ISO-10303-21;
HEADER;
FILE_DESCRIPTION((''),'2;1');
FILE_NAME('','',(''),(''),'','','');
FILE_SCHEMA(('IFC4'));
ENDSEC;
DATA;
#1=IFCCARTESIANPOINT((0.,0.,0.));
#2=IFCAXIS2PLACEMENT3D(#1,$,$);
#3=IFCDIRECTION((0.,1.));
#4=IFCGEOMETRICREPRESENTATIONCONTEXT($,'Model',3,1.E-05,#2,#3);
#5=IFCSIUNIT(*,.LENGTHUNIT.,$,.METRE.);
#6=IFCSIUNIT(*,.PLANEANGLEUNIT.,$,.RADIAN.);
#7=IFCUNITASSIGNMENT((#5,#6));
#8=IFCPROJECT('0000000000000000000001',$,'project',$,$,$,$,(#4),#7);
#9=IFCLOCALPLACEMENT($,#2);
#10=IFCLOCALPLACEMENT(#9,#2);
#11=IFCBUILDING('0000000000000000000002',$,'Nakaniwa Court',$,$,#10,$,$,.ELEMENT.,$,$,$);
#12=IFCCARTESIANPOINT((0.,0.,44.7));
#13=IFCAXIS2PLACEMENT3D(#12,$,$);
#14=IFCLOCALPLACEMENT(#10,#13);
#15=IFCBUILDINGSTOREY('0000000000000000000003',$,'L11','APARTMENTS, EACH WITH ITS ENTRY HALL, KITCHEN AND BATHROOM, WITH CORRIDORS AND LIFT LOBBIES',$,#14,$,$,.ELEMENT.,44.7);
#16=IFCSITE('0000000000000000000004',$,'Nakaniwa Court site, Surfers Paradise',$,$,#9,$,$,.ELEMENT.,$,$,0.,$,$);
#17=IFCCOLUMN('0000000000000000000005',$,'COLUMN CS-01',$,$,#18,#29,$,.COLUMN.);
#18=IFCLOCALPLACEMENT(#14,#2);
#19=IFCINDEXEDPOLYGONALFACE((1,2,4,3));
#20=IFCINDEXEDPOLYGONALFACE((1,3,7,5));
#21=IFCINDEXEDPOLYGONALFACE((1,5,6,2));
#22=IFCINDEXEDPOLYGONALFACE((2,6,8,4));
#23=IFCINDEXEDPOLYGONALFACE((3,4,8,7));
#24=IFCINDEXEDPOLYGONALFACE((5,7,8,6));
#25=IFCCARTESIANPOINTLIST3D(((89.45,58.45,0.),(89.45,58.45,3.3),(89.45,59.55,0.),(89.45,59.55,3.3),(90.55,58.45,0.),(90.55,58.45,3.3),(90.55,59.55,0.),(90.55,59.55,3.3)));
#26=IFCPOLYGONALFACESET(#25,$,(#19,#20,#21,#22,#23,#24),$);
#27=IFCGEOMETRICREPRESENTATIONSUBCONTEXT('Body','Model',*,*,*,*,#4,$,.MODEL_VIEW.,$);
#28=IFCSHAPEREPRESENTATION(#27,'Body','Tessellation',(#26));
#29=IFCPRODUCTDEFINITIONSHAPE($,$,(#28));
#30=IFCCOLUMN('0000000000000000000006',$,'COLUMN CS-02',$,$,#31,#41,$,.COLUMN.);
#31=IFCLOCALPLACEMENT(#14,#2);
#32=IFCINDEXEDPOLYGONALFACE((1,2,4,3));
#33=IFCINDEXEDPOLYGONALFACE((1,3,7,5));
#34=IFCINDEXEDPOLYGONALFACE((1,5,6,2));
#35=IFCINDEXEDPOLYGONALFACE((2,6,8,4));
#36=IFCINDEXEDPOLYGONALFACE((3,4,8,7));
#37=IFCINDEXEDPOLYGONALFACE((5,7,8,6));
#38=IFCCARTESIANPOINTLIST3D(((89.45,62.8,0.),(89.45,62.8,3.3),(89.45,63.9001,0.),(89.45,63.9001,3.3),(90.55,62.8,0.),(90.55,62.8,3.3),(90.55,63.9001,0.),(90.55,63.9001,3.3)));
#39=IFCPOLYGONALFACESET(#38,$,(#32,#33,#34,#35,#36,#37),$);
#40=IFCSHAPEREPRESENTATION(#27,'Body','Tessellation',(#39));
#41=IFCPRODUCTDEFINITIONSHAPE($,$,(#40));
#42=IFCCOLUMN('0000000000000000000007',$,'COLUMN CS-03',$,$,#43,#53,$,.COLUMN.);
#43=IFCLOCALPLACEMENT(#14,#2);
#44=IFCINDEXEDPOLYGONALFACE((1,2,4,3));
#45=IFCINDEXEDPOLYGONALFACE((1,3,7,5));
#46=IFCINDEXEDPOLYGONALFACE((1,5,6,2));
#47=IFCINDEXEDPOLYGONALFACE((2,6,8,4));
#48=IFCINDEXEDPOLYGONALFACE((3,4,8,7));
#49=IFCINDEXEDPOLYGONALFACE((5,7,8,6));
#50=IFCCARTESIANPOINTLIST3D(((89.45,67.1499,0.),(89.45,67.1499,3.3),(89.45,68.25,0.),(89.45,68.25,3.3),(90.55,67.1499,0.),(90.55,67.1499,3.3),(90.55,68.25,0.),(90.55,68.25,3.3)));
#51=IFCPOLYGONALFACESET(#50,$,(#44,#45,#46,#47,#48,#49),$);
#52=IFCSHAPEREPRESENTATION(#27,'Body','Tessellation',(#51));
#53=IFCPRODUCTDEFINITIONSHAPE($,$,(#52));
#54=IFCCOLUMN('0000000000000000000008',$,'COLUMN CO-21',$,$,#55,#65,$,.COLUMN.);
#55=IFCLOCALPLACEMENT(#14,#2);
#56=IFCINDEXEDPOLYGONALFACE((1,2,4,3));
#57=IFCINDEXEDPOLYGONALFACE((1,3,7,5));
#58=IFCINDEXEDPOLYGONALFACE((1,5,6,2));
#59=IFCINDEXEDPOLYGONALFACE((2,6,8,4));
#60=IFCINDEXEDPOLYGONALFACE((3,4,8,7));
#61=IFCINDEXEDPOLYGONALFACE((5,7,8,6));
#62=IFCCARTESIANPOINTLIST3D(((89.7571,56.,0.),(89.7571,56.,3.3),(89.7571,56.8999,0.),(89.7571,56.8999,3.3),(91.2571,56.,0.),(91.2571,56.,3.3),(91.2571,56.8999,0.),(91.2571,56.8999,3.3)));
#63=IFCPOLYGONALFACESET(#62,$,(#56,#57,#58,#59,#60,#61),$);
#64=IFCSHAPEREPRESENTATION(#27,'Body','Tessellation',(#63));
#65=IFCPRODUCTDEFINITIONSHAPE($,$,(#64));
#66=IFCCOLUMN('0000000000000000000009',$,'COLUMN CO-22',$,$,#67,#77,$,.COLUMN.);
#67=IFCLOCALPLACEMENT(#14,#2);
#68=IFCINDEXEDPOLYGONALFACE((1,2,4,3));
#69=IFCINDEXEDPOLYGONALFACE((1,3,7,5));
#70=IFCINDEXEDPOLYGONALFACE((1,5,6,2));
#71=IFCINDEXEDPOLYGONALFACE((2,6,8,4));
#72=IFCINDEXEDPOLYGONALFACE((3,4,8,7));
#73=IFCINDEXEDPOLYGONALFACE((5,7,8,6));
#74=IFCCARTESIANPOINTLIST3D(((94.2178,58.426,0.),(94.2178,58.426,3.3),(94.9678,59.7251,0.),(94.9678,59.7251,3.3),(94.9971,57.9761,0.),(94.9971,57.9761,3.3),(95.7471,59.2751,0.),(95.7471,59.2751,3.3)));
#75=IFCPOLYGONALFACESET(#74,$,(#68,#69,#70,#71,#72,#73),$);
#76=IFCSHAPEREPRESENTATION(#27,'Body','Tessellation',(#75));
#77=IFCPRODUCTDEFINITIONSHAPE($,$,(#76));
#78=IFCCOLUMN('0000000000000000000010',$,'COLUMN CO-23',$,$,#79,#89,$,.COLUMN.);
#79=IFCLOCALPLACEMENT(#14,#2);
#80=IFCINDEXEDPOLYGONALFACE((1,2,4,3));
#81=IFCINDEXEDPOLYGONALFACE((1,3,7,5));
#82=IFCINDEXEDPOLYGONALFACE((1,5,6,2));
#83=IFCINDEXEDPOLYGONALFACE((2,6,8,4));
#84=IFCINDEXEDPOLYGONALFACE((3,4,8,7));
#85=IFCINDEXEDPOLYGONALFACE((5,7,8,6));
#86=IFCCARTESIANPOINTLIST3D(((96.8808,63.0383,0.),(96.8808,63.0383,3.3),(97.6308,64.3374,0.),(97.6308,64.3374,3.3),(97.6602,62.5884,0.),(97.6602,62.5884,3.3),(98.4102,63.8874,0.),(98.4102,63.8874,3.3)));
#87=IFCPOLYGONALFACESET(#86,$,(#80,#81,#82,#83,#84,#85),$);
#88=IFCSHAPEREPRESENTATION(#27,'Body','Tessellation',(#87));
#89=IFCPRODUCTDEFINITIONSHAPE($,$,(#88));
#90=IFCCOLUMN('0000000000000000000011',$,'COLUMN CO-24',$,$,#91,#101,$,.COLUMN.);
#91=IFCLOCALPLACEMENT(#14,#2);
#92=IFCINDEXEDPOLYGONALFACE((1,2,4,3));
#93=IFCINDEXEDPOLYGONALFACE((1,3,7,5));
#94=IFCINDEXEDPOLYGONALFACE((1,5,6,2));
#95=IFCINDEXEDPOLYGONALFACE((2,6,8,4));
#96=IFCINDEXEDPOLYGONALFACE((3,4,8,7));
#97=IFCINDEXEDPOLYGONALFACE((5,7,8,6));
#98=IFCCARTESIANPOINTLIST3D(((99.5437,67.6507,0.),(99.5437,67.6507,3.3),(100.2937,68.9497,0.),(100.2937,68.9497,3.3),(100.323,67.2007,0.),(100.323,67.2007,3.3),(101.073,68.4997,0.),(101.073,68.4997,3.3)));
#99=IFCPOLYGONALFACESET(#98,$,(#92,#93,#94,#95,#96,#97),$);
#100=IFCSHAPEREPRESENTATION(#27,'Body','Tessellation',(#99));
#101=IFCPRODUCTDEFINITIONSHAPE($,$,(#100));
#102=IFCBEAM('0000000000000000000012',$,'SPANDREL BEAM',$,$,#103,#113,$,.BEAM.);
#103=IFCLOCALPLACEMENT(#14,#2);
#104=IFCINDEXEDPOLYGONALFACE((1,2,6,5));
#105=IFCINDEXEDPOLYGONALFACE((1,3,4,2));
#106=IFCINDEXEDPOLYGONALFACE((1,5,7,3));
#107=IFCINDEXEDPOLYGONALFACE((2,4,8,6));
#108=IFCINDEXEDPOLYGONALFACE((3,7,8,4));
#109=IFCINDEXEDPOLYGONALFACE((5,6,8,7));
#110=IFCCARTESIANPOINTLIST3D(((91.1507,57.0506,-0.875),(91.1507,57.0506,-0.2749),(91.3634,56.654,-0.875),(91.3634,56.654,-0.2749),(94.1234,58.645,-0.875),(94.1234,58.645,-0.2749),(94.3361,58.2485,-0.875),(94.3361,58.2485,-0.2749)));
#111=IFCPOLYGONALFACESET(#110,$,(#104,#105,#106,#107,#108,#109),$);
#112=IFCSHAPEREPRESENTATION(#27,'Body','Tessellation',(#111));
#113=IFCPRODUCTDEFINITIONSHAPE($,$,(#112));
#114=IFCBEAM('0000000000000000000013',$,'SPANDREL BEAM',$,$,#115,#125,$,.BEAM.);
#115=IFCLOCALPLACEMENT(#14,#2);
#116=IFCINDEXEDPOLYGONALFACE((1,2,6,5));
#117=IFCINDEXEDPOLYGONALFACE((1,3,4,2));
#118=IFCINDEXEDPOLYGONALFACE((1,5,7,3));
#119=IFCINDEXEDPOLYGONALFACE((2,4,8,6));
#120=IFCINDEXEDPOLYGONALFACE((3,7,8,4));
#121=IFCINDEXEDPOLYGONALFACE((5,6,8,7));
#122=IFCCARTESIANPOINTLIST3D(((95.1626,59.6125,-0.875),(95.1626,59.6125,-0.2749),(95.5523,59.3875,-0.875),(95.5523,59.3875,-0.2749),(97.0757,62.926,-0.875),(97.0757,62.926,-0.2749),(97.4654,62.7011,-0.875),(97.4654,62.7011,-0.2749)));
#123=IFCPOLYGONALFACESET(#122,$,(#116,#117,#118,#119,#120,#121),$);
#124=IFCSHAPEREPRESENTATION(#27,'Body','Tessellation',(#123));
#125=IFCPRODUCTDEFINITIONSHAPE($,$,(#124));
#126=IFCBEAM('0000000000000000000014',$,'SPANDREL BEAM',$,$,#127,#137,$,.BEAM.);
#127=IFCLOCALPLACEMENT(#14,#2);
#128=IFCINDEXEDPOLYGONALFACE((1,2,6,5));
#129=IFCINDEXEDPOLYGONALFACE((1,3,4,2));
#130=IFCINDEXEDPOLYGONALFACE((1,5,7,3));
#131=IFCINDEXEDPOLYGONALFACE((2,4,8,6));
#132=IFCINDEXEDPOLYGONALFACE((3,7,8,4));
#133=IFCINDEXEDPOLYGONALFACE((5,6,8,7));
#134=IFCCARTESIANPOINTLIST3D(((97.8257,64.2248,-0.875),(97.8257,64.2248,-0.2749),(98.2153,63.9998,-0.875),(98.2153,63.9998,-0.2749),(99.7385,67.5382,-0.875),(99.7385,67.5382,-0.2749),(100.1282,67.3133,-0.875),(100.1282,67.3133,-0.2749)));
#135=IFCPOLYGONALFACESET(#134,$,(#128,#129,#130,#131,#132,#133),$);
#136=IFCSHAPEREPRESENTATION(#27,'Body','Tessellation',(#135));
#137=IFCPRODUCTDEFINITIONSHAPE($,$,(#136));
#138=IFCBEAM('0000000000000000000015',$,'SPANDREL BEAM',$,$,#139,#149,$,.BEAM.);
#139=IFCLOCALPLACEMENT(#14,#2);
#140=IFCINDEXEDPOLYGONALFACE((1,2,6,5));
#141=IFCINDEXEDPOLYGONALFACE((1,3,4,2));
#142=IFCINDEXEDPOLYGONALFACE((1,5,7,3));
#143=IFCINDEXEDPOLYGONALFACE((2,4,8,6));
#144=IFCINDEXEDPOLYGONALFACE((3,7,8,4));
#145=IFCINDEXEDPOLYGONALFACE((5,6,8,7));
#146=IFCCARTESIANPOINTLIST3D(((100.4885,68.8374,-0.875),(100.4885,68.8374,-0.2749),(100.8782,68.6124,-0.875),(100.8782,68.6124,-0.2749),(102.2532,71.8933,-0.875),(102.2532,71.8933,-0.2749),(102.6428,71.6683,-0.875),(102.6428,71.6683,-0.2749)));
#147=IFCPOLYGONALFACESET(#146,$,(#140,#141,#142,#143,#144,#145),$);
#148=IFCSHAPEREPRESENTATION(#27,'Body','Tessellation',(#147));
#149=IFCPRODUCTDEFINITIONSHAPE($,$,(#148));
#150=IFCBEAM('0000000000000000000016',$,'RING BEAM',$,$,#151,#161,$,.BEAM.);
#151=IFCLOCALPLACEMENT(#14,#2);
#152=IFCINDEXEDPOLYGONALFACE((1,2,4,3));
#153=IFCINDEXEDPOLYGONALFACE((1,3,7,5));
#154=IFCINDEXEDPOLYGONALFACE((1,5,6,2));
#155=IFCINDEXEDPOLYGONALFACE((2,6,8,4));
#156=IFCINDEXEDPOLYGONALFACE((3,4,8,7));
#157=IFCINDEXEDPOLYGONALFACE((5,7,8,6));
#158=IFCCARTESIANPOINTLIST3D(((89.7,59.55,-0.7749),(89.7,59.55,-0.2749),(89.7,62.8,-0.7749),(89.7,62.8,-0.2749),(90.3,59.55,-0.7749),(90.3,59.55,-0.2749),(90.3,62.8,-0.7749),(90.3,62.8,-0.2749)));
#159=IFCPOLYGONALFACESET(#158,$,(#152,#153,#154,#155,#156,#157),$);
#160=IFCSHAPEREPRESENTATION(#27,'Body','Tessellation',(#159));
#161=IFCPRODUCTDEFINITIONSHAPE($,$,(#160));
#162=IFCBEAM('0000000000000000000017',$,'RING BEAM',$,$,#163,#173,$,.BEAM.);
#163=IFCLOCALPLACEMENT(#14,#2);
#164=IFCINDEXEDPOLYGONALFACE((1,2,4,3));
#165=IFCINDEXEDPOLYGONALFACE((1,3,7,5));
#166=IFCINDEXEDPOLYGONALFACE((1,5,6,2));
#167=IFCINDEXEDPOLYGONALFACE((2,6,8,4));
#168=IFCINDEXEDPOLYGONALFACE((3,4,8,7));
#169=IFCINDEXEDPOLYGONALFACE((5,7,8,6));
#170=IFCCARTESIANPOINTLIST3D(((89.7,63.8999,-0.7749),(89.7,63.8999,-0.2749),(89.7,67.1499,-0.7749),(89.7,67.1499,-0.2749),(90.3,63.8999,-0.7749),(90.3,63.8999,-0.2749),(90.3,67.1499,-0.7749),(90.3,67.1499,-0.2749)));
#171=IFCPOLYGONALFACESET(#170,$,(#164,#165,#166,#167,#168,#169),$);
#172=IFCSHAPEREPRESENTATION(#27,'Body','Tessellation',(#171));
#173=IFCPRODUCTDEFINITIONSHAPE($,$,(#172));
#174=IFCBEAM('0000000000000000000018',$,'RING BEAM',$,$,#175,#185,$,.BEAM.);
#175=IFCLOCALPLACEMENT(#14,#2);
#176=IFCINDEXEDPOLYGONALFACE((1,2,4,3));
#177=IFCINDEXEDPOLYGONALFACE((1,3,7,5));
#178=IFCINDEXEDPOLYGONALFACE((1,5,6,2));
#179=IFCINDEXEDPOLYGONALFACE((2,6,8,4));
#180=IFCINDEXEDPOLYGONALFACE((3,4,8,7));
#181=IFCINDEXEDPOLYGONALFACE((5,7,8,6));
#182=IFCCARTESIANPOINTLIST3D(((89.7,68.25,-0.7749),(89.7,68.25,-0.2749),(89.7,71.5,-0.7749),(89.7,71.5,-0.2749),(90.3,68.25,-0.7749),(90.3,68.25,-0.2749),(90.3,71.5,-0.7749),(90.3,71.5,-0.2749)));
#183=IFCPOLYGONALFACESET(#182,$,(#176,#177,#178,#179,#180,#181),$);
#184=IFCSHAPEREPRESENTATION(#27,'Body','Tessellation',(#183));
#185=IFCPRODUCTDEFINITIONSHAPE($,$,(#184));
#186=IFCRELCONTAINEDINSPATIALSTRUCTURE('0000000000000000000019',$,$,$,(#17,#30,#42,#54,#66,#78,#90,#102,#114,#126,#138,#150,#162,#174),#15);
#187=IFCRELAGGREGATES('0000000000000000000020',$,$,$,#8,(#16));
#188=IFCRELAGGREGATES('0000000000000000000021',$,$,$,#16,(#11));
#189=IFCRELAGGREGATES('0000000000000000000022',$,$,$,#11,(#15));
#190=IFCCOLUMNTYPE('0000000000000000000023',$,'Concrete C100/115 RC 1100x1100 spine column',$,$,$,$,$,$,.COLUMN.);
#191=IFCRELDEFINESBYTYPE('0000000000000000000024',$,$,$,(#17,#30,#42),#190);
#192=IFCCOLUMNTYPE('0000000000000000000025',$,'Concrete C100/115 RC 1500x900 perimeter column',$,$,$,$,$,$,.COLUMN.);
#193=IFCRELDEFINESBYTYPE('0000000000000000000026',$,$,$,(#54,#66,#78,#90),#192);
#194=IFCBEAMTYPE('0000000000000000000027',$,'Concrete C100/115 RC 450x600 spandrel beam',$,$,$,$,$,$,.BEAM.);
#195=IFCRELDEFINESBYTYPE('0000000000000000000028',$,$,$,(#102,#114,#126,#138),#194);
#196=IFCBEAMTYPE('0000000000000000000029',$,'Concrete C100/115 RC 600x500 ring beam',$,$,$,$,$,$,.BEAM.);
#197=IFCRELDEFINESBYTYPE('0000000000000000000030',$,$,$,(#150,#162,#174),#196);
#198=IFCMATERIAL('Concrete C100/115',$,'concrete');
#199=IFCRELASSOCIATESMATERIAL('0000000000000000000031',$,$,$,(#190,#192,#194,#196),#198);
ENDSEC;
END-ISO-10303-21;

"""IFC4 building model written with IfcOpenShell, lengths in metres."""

from ifc_helpers import new_model, si_unit, direction, frame, origin, origin_2d, place, context, subcontext, project, spatial, rectangle, extrude, material, material_profile, profile_set, type_object, element, save


model = new_model("IFC4")

# Units and contexts
model_context = context("Model", 3, precision=1e-05, world=origin(), true_north=direction((0.0, 1.0)))
body_context = subcontext(model_context, "Body", "Model", "MODEL_VIEW")
ifc_project = project(units=[si_unit("LENGTHUNIT", "METRE"), si_unit("PLANEANGLEUNIT", "RADIAN")], contexts=[model_context])

# Site, building, storey
site_placement = place(None, origin())
site = spatial("IfcSite", under=ifc_project, at=site_placement, Name="Nakaniwa Court site, Surfers Paradise", CompositionType="ELEMENT", RefElevation=0.0)
building_placement = place(site_placement, origin())
building = spatial("IfcBuilding", under=site, at=building_placement, Name="Nakaniwa Court", CompositionType="ELEMENT")
storey_placement = place(building_placement, frame((0.0, 0.0, 44.7)))
storey = spatial("IfcBuildingStorey", under=building, at=storey_placement, Name="L11", Description="APARTMENTS, EACH WITH ITS ENTRY HALL, KITCHEN AND BATHROOM, WITH CORRIDORS AND LIFT LOBBIES", CompositionType="ELEMENT", Elevation=44.7)

# Columns
ifc_material_1 = material(Name="Concrete C100/115", Category="concrete")
ifc_material_profile_1 = material_profile(ifc_material_1, rectangle(XDim=1.1001, YDim=1.1001, at=origin_2d()), Name="Concrete C100/115 RC 1100x1100 spine column")
ifc_profile_set_1 = profile_set([ifc_material_profile_1], Name="Concrete C100/115")
column_type_1 = type_object("IfcColumnType", Name="Concrete C100/115 RC 1100x1100 spine column", PredefinedType="COLUMN", material=ifc_profile_set_1)
for number, where, z_axis, x_axis, name in (
    (1, (90.0, 59.0, 0.0), (0.0, 0.0, 1.0), (0.0, 1.0, 0.0), "COLUMN CS-01"),
    (2, (90.0, 63.3501, 0.0), (0.0, 0.0, 1.0), (0.0, 1.0, 0.0), "COLUMN CS-02"),
    (3, (90.0, 67.7, 0.0), (0.0, 0.0, 1.0), (0.0, 1.0, 0.0), "COLUMN CS-03"),
):
    element("IfcColumn", number, at=place(storey_placement, frame(where, z_axis=z_axis, x_axis=x_axis)), inside=storey, type_object=column_type_1, Name=name, PredefinedType="COLUMN", context=body_context, shape_type="SweptSolid", body=[
        extrude(rectangle(XDim=1.1001, YDim=1.1001, at=origin_2d()), origin(), (0.0, 0.0, 1.0), 3.3),
    ])
ifc_material_profile_2 = material_profile(ifc_material_1, rectangle(XDim=1.5, YDim=0.8999, at=origin_2d()), Name="Concrete C100/115 RC 1500x900 perimeter column")
ifc_profile_set_2 = profile_set([ifc_material_profile_2], Name="Concrete C100/115")
column_type_2 = type_object("IfcColumnType", Name="Concrete C100/115 RC 1500x900 perimeter column", PredefinedType="COLUMN", material=ifc_profile_set_2)
for number, where, z_axis, x_axis, name in (
    (4, (90.5071, 56.45, 0.0), (0.0, 0.0, 1.0), (1.0, 0.0, 0.0), "COLUMN CO-21"),
    (5, (94.9824, 58.8506, 0.0), (0.0, 0.0, 1.0), (0.5, 0.866025, 0.0), "COLUMN CO-22"),
    (6, (97.6455, 63.4629, 0.0), (0.0, 0.0, 1.0), (0.5, 0.866025, 0.0), "COLUMN CO-23"),
    (7, (100.3083, 68.0752, 0.0), (0.0, 0.0, 1.0), (0.5, 0.866025, 0.0), "COLUMN CO-24"),
):
    element("IfcColumn", number, at=place(storey_placement, frame(where, z_axis=z_axis, x_axis=x_axis)), inside=storey, type_object=column_type_2, Name=name, PredefinedType="COLUMN", context=body_context, shape_type="SweptSolid", body=[
        extrude(rectangle(XDim=1.5, YDim=0.8999, at=origin_2d()), origin(), (0.0, 0.0, 1.0), 3.3),
    ])

# Beams
ifc_material_profile_3 = material_profile(ifc_material_1, rectangle(XDim=0.45, YDim=0.6001, at=origin_2d()), Name="Concrete C100/115 RC 450x600 spandrel beam")
ifc_profile_set_3 = profile_set([ifc_material_profile_3], Name="Concrete C100/115")
beam_type_1 = type_object("IfcBeamType", Name="Concrete C100/115 RC 450x600 spandrel beam", PredefinedType="BEAM", material=ifc_profile_set_3)
beam_1_placement = place(storey_placement, frame((91.2571, 56.8523, -0.575), z_axis=(0.881235, 0.472679, 0.0), x_axis=(-0.472679, 0.881235, 0.0)))
element("IfcBeam", 8, at=beam_1_placement, inside=storey, type_object=beam_type_1, Name="SPANDREL BEAM", PredefinedType="BEAM", context=body_context, shape_type="SweptSolid", body=[
    extrude(rectangle(XDim=0.45, YDim=0.6001, at=origin_2d()), origin(), (0.0, 0.0, 1.0), 3.3733),
])
beam_2_placement = place(storey_placement, frame((95.3574, 59.5, -0.575), z_axis=(0.50001, 0.86602, 0.0), x_axis=(-0.86602, 0.50001, 0.0)))
element("IfcBeam", 9, at=beam_2_placement, inside=storey, type_object=beam_type_1, Name="SPANDREL BEAM", PredefinedType="BEAM", context=body_context, shape_type="SweptSolid", body=[
    extrude(rectangle(XDim=0.45, YDim=0.6001, at=origin_2d()), origin(), (0.0, 0.0, 1.0), 3.8262),
])
beam_3_placement = place(storey_placement, frame((98.0205, 64.1123, -0.575), z_axis=(0.499962, 0.866047, 0.0), x_axis=(-0.866047, 0.499962, 0.0)))
element("IfcBeam", 10, at=beam_3_placement, inside=storey, type_object=beam_type_1, Name="SPANDREL BEAM", PredefinedType="BEAM", context=body_context, shape_type="SweptSolid", body=[
    extrude(rectangle(XDim=0.45, YDim=0.6001, at=origin_2d()), origin(), (0.0, 0.0, 1.0), 3.8259),
])
beam_4_placement = place(storey_placement, frame((100.6833, 68.7249, -0.575), z_axis=(0.500068, 0.865986, 0.0), x_axis=(-0.865986, 0.500068, 0.0)))
element("IfcBeam", 11, at=beam_4_placement, inside=storey, type_object=beam_type_1, Name="SPANDREL BEAM", PredefinedType="BEAM", context=body_context, shape_type="SweptSolid", body=[
    extrude(rectangle(XDim=0.45, YDim=0.6001, at=origin_2d()), origin(), (0.0, 0.0, 1.0), 3.5288),
])
ifc_material_profile_4 = material_profile(ifc_material_1, rectangle(XDim=0.6001, YDim=0.5, at=origin_2d()), Name="Concrete C100/115 RC 600x500 ring beam")
ifc_profile_set_4 = profile_set([ifc_material_profile_4], Name="Concrete C100/115")
beam_type_2 = type_object("IfcBeamType", Name="Concrete C100/115 RC 600x500 ring beam", PredefinedType="BEAM", material=ifc_profile_set_4)
for number, where, z_axis, x_axis, name in (
    (12, (90.0, 59.55, -0.5249), (0.0, 1.0, 0.0), (-1.0, 0.0, 0.0), "RING BEAM"),
    (13, (90.0, 63.8999, -0.5249), (0.0, 1.0, 0.0), (-1.0, 0.0, 0.0), "RING BEAM"),
    (14, (90.0, 68.25, -0.5249), (0.0, 1.0, 0.0), (-1.0, 0.0, 0.0), "RING BEAM"),
):
    element("IfcBeam", number, at=place(storey_placement, frame(where, z_axis=z_axis, x_axis=x_axis)), inside=storey, type_object=beam_type_2, Name=name, PredefinedType="BEAM", context=body_context, shape_type="SweptSolid", body=[
        extrude(rectangle(XDim=0.6001, YDim=0.5, at=origin_2d()), origin(), (0.0, 0.0, 1.0), 3.25),
    ])

save(model, "model.ifc")
